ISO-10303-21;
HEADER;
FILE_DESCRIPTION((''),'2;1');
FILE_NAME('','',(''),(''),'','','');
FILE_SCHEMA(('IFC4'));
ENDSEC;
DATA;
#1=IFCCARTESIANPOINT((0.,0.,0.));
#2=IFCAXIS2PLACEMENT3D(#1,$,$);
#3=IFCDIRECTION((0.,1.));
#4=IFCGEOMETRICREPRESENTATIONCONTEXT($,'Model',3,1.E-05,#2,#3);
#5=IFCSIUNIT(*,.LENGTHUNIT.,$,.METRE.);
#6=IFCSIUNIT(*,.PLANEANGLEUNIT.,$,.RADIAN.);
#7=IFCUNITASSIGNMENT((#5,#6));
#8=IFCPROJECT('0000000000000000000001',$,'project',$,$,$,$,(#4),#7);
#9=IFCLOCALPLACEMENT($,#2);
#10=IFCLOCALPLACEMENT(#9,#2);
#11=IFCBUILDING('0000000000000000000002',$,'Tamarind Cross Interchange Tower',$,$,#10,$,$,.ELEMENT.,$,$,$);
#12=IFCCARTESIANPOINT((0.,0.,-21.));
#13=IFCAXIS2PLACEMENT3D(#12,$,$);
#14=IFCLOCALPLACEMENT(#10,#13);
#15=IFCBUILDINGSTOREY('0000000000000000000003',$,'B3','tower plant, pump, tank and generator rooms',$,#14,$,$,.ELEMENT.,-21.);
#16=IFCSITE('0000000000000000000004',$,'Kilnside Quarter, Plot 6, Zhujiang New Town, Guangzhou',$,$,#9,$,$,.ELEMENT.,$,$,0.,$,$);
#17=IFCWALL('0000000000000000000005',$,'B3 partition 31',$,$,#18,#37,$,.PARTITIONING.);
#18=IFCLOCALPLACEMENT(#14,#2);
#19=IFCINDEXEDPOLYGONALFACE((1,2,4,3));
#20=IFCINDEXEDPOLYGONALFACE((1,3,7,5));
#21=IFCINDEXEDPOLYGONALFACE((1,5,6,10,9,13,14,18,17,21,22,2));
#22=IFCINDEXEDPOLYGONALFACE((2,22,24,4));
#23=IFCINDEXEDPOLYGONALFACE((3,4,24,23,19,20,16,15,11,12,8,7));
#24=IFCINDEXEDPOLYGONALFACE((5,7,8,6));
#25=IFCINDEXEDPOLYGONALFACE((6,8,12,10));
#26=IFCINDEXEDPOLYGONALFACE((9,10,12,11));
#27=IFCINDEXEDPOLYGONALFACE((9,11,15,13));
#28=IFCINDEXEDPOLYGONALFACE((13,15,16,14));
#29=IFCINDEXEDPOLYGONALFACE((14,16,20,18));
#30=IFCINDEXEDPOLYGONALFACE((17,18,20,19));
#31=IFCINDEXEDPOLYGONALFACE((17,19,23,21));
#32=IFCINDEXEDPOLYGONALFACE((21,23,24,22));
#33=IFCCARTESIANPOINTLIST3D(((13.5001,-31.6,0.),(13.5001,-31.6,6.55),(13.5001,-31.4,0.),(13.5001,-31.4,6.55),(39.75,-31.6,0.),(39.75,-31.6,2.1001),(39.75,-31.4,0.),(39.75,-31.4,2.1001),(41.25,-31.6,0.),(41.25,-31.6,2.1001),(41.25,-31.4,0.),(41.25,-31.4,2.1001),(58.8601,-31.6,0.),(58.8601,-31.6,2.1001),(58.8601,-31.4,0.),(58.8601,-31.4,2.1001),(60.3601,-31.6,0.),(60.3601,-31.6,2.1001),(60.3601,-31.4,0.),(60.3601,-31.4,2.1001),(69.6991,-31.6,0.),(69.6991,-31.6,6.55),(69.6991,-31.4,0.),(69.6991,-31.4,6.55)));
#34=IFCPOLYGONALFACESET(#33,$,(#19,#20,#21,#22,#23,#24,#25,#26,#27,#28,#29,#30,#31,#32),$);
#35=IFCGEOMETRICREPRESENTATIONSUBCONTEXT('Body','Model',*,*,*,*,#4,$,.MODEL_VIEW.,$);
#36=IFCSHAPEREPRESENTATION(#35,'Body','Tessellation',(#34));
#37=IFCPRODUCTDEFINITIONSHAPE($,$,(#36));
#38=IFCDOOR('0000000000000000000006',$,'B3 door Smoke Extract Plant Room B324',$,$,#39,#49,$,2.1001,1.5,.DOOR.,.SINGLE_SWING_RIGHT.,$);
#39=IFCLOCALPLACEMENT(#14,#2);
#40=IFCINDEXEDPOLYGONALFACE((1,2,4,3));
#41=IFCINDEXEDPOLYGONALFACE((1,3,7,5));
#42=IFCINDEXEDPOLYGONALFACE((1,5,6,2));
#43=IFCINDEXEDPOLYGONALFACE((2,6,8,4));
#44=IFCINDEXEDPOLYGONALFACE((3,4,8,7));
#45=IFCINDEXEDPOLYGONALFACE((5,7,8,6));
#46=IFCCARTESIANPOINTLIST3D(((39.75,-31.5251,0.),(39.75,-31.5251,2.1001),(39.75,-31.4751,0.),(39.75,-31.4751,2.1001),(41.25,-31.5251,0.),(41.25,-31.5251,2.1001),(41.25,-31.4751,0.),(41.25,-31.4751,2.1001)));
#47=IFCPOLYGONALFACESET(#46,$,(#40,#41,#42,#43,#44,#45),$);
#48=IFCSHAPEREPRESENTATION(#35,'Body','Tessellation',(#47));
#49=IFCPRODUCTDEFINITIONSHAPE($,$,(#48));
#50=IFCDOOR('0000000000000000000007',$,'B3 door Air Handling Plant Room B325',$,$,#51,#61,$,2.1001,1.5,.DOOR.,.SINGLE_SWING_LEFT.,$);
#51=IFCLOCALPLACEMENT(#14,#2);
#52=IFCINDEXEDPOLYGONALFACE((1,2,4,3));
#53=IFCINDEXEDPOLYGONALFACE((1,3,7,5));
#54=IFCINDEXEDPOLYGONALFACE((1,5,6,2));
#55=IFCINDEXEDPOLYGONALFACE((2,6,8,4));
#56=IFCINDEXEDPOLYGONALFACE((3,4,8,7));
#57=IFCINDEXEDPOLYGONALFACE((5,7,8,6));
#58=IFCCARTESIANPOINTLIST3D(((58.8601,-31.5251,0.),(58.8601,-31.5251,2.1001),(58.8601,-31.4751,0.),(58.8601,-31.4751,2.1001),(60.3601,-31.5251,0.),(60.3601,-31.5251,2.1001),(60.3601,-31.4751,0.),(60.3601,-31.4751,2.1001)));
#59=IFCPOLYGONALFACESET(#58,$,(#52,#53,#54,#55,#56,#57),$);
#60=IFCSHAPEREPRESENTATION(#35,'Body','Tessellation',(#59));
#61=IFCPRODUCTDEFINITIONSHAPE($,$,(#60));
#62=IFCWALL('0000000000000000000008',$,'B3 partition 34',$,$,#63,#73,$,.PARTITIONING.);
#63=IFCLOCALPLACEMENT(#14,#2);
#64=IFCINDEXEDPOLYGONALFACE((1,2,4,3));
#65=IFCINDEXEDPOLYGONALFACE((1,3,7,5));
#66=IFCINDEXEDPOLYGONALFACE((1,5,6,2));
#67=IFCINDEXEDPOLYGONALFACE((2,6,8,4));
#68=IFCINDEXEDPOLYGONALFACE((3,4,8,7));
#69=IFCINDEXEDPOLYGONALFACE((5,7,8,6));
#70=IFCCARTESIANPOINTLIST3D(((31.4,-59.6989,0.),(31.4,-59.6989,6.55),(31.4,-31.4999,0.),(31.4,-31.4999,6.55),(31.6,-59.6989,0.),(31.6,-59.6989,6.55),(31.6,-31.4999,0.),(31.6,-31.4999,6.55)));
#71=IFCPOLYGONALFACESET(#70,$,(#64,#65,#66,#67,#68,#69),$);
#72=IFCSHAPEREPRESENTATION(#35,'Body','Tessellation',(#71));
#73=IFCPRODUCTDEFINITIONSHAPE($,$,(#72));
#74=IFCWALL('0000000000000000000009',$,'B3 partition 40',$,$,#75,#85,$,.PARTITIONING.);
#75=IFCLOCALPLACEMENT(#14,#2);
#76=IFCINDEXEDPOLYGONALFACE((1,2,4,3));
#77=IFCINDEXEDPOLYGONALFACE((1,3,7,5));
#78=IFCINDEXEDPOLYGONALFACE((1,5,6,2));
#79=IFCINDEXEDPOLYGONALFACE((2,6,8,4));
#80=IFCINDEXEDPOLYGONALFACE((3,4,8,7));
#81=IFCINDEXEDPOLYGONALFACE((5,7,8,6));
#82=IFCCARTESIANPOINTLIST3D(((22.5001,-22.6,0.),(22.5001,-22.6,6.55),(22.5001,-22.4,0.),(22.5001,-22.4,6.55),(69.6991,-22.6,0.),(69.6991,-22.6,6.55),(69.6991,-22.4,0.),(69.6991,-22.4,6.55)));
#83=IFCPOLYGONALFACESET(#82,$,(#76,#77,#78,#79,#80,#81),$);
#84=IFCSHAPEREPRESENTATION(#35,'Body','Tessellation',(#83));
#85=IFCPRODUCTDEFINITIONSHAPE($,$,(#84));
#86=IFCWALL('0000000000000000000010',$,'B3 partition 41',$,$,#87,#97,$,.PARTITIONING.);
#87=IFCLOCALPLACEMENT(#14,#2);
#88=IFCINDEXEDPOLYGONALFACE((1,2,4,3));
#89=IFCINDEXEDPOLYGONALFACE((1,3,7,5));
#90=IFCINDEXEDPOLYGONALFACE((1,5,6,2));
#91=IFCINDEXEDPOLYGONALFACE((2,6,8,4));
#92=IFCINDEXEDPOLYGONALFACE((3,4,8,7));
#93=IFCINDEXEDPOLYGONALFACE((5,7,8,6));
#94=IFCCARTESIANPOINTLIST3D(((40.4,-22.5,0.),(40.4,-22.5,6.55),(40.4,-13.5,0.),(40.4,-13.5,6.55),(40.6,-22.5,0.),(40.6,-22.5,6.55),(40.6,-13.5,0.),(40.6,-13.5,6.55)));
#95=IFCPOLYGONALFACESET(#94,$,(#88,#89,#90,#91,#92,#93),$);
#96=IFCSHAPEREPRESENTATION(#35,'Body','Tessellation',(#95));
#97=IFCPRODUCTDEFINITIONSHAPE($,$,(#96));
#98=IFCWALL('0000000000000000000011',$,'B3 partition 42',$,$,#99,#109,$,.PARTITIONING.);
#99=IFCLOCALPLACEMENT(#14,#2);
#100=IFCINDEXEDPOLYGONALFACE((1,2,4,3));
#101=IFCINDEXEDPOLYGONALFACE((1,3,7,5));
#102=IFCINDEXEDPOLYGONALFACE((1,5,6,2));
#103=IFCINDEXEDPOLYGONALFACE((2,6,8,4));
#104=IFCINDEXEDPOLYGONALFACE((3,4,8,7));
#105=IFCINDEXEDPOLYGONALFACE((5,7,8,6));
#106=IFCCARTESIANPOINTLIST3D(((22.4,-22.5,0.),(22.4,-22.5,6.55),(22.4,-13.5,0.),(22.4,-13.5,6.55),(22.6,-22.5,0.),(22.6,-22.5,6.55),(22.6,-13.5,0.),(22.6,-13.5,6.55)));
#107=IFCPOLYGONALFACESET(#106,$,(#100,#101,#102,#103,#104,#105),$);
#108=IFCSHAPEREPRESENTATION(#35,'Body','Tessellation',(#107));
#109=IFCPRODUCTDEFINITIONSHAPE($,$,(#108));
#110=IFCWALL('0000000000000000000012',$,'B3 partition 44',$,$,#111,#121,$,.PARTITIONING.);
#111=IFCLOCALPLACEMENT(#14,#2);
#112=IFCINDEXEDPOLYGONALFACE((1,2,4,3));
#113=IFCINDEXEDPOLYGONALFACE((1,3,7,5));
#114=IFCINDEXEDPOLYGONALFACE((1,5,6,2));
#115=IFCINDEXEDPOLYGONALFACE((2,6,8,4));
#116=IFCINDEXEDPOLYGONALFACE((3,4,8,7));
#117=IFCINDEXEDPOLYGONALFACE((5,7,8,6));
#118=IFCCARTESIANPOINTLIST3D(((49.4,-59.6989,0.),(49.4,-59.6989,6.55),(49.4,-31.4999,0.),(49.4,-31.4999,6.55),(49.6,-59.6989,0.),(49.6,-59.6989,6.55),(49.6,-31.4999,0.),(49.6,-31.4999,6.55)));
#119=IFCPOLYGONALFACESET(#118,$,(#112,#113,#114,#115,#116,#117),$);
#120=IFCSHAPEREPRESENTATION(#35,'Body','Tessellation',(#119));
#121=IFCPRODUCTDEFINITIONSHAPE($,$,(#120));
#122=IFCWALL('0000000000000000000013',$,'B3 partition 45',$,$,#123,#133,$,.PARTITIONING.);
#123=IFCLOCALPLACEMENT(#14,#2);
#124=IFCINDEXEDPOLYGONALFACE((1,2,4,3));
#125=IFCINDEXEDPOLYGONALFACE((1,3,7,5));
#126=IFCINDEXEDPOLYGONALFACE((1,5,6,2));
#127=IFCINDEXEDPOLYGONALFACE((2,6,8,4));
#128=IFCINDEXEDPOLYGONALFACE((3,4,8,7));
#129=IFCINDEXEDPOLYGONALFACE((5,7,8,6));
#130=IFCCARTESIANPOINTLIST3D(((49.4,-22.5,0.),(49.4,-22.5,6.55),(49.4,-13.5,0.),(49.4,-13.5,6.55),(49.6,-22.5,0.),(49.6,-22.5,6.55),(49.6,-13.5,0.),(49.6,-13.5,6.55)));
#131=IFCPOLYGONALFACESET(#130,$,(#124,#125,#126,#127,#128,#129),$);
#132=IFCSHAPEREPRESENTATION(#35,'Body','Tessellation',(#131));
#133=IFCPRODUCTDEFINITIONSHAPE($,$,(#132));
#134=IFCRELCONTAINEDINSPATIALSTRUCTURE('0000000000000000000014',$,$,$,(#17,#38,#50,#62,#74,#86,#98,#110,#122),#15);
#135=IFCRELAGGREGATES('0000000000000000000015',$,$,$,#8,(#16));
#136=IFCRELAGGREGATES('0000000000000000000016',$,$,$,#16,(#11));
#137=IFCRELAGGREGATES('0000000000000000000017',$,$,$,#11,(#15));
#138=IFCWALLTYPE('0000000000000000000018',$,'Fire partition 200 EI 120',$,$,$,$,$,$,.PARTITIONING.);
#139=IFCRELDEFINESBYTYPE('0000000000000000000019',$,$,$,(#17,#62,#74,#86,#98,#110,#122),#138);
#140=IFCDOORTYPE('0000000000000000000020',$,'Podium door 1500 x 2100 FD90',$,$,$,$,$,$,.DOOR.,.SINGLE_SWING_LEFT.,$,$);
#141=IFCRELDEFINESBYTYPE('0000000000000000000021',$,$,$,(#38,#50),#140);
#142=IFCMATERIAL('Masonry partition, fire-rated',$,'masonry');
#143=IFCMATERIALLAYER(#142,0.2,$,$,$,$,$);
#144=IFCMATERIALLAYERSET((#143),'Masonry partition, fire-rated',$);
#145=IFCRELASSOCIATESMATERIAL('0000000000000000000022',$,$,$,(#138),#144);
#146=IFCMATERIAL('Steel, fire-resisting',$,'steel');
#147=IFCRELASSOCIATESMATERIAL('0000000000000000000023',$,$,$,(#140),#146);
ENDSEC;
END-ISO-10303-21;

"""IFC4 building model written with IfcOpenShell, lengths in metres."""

from ifc_helpers import new_model, si_unit, direction, frame, frame_2d, origin, place, context, subcontext, project, spatial, rectangle, extrude, material, layer, layer_set, type_object, element, fill, save


model = new_model("IFC4")

# Units and contexts
model_context = context("Model", 3, precision=1e-05, world=origin(), true_north=direction((0.0, 1.0)))
body_context = subcontext(model_context, "Body", "Model", "MODEL_VIEW")
ifc_project = project(units=[si_unit("LENGTHUNIT", "METRE"), si_unit("PLANEANGLEUNIT", "RADIAN")], contexts=[model_context])

# Site, building, storey
site_placement = place(None, origin())
site = spatial("IfcSite", under=ifc_project, at=site_placement, Name="Kilnside Quarter, Plot 6, Zhujiang New Town, Guangzhou", CompositionType="ELEMENT", RefElevation=0.0)
building_placement = place(site_placement, origin())
building = spatial("IfcBuilding", under=site, at=building_placement, Name="Tamarind Cross Interchange Tower", CompositionType="ELEMENT")
storey_placement = place(building_placement, frame((0.0, 0.0, -21.0)))
storey = spatial("IfcBuildingStorey", under=building, at=storey_placement, Name="B3", Description="tower plant, pump, tank and generator rooms", CompositionType="ELEMENT", Elevation=-21.0)

# Shared definitions
ifc_material_1 = material(Name="Masonry partition, fire-rated", Category="masonry")
ifc_layer_1 = layer(ifc_material_1, 0.2)
ifc_layer_set_1 = layer_set([ifc_layer_1], Name="Masonry partition, fire-rated")
wall_type_1 = type_object("IfcWallType", Name="Fire partition 200 EI 120", PredefinedType="PARTITIONING", material=ifc_layer_set_1)
ifc_material_2 = material(Name="Steel, fire-resisting", Category="steel")
door_type = type_object("IfcDoorType", Name="Podium door 1500 x 2100 FD90", OperationType="SINGLE_SWING_LEFT", PredefinedType="DOOR", material=ifc_material_2)

# Wall, openings, doors
wall_1_placement = place(storey_placement, frame((13.5, -31.5, 0.0), z_axis=(0.0, 0.0, 1.0), x_axis=(1.0, 0.0, 0.0)))
wall_1 = element("IfcWall", 1, at=wall_1_placement, inside=storey, type_object=wall_type_1, Name="B3 partition 31", PredefinedType="PARTITIONING", context=body_context, shape_type="SweptSolid", body=[
    extrude(rectangle(XDim=56.199, YDim=0.2, at=frame_2d((28.0996, 0.0))), origin(), (0.0, 0.0, 1.0), 6.55),
])
opening_1_placement = place(wall_1_placement, frame((26.25, 0.0, 0.0)))
opening_1 = element("IfcOpeningElement", 2, at=opening_1_placement, cuts=wall_1, PredefinedType="OPENING", context=body_context, shape_type="SweptSolid", body=[
    extrude(rectangle(XDim=1.5, YDim=2.1001, at=frame_2d((0.75, 1.05))), frame((0.0, 0.1099, 0.0), z_axis=(0.0, -1.0, 0.0), x_axis=(1.0, 0.0, 0.0)), (0.0, 0.0, 1.0), 0.22),
])
opening_2_placement = place(wall_1_placement, frame((45.3601, 0.0, 0.0)))
opening_2 = element("IfcOpeningElement", 3, at=opening_2_placement, cuts=wall_1, PredefinedType="OPENING", context=body_context, shape_type="SweptSolid", body=[
    extrude(rectangle(XDim=1.5, YDim=2.1001, at=frame_2d((0.75, 1.05))), frame((0.0, 0.1099, 0.0), z_axis=(0.0, -1.0, 0.0), x_axis=(1.0, 0.0, 0.0)), (0.0, 0.0, 1.0), 0.22),
])
door_1_placement = place(opening_1_placement, origin())
door_1 = element("IfcDoor", 4, at=door_1_placement, inside=storey, type_object=door_type, Name="B3 door Smoke Extract Plant Room B324", OperationType="SINGLE_SWING_RIGHT", OverallHeight=2.1001, OverallWidth=1.5, PredefinedType="DOOR", context=body_context, shape_type="SweptSolid", body=[
    extrude(rectangle(XDim=1.5, YDim=2.1001, at=frame_2d((0.75, 1.05))), frame((0.0, 0.0249, 0.0), z_axis=(0.0, -1.0, 0.0), x_axis=(1.0, 0.0, 0.0)), (0.0, 0.0, 1.0), 0.05),
])
fill(opening_1, door_1)
door_2_placement = place(opening_2_placement, origin())
door_2 = element("IfcDoor", 5, at=door_2_placement, inside=storey, type_object=door_type, Name="B3 door Air Handling Plant Room B325", OperationType="SINGLE_SWING_LEFT", OverallHeight=2.1001, OverallWidth=1.5, PredefinedType="DOOR", context=body_context, shape_type="SweptSolid", body=[
    extrude(rectangle(XDim=1.5, YDim=2.1001, at=frame_2d((0.75, 1.05))), frame((0.0, 0.0249, 0.0), z_axis=(0.0, -1.0, 0.0), x_axis=(1.0, 0.0, 0.0)), (0.0, 0.0, 1.0), 0.05),
])
fill(opening_2, door_2)

# Walls
wall_2_placement = place(storey_placement, frame((31.5, -59.699, 0.0), z_axis=(0.0, 0.0, 1.0), x_axis=(0.0, 1.0, 0.0)))
element("IfcWall", 6, at=wall_2_placement, inside=storey, type_object=wall_type_1, Name="B3 partition 34", PredefinedType="PARTITIONING", context=body_context, shape_type="SweptSolid", body=[
    extrude(rectangle(XDim=28.199, YDim=0.2, at=frame_2d((14.0996, 0.0))), origin(), (0.0, 0.0, 1.0), 6.55),
])
wall_3_placement = place(storey_placement, frame((22.5, -22.5, 0.0), z_axis=(0.0, 0.0, 1.0), x_axis=(1.0, 0.0, 0.0)))
element("IfcWall", 7, at=wall_3_placement, inside=storey, type_object=wall_type_1, Name="B3 partition 40", PredefinedType="PARTITIONING", context=body_context, shape_type="SweptSolid", body=[
    extrude(rectangle(XDim=47.199, YDim=0.2, at=frame_2d((23.5996, 0.0))), origin(), (0.0, 0.0, 1.0), 6.55),
])
for number, where, z_axis, x_axis, name in (
    (8, (40.5, -22.5, 0.0), (0.0, 0.0, 1.0), (0.0, 1.0, 0.0), "B3 partition 41"),
    (9, (22.5, -22.5, 0.0), (0.0, 0.0, 1.0), (0.0, 1.0, 0.0), "B3 partition 42"),
):
    element("IfcWall", number, at=place(storey_placement, frame(where, z_axis=z_axis, x_axis=x_axis)), inside=storey, type_object=wall_type_1, Name=name, PredefinedType="PARTITIONING", context=body_context, shape_type="SweptSolid", body=[
        extrude(rectangle(XDim=9.0, YDim=0.2, at=frame_2d((4.5, 0.0))), origin(), (0.0, 0.0, 1.0), 6.55),
    ])
wall_4_placement = place(storey_placement, frame((49.5, -59.699, 0.0), z_axis=(0.0, 0.0, 1.0), x_axis=(0.0, 1.0, 0.0)))
element("IfcWall", 10, at=wall_4_placement, inside=storey, type_object=wall_type_1, Name="B3 partition 44", PredefinedType="PARTITIONING", context=body_context, shape_type="SweptSolid", body=[
    extrude(rectangle(XDim=28.199, YDim=0.2, at=frame_2d((14.0996, 0.0))), origin(), (0.0, 0.0, 1.0), 6.55),
])
wall_5_placement = place(storey_placement, frame((49.5, -22.5, 0.0), z_axis=(0.0, 0.0, 1.0), x_axis=(0.0, 1.0, 0.0)))
element("IfcWall", 11, at=wall_5_placement, inside=storey, type_object=wall_type_1, Name="B3 partition 45", PredefinedType="PARTITIONING", context=body_context, shape_type="SweptSolid", body=[
    extrude(rectangle(XDim=9.0, YDim=0.2, at=frame_2d((4.5, 0.0))), origin(), (0.0, 0.0, 1.0), 6.55),
])

save(model, "model.ifc")
